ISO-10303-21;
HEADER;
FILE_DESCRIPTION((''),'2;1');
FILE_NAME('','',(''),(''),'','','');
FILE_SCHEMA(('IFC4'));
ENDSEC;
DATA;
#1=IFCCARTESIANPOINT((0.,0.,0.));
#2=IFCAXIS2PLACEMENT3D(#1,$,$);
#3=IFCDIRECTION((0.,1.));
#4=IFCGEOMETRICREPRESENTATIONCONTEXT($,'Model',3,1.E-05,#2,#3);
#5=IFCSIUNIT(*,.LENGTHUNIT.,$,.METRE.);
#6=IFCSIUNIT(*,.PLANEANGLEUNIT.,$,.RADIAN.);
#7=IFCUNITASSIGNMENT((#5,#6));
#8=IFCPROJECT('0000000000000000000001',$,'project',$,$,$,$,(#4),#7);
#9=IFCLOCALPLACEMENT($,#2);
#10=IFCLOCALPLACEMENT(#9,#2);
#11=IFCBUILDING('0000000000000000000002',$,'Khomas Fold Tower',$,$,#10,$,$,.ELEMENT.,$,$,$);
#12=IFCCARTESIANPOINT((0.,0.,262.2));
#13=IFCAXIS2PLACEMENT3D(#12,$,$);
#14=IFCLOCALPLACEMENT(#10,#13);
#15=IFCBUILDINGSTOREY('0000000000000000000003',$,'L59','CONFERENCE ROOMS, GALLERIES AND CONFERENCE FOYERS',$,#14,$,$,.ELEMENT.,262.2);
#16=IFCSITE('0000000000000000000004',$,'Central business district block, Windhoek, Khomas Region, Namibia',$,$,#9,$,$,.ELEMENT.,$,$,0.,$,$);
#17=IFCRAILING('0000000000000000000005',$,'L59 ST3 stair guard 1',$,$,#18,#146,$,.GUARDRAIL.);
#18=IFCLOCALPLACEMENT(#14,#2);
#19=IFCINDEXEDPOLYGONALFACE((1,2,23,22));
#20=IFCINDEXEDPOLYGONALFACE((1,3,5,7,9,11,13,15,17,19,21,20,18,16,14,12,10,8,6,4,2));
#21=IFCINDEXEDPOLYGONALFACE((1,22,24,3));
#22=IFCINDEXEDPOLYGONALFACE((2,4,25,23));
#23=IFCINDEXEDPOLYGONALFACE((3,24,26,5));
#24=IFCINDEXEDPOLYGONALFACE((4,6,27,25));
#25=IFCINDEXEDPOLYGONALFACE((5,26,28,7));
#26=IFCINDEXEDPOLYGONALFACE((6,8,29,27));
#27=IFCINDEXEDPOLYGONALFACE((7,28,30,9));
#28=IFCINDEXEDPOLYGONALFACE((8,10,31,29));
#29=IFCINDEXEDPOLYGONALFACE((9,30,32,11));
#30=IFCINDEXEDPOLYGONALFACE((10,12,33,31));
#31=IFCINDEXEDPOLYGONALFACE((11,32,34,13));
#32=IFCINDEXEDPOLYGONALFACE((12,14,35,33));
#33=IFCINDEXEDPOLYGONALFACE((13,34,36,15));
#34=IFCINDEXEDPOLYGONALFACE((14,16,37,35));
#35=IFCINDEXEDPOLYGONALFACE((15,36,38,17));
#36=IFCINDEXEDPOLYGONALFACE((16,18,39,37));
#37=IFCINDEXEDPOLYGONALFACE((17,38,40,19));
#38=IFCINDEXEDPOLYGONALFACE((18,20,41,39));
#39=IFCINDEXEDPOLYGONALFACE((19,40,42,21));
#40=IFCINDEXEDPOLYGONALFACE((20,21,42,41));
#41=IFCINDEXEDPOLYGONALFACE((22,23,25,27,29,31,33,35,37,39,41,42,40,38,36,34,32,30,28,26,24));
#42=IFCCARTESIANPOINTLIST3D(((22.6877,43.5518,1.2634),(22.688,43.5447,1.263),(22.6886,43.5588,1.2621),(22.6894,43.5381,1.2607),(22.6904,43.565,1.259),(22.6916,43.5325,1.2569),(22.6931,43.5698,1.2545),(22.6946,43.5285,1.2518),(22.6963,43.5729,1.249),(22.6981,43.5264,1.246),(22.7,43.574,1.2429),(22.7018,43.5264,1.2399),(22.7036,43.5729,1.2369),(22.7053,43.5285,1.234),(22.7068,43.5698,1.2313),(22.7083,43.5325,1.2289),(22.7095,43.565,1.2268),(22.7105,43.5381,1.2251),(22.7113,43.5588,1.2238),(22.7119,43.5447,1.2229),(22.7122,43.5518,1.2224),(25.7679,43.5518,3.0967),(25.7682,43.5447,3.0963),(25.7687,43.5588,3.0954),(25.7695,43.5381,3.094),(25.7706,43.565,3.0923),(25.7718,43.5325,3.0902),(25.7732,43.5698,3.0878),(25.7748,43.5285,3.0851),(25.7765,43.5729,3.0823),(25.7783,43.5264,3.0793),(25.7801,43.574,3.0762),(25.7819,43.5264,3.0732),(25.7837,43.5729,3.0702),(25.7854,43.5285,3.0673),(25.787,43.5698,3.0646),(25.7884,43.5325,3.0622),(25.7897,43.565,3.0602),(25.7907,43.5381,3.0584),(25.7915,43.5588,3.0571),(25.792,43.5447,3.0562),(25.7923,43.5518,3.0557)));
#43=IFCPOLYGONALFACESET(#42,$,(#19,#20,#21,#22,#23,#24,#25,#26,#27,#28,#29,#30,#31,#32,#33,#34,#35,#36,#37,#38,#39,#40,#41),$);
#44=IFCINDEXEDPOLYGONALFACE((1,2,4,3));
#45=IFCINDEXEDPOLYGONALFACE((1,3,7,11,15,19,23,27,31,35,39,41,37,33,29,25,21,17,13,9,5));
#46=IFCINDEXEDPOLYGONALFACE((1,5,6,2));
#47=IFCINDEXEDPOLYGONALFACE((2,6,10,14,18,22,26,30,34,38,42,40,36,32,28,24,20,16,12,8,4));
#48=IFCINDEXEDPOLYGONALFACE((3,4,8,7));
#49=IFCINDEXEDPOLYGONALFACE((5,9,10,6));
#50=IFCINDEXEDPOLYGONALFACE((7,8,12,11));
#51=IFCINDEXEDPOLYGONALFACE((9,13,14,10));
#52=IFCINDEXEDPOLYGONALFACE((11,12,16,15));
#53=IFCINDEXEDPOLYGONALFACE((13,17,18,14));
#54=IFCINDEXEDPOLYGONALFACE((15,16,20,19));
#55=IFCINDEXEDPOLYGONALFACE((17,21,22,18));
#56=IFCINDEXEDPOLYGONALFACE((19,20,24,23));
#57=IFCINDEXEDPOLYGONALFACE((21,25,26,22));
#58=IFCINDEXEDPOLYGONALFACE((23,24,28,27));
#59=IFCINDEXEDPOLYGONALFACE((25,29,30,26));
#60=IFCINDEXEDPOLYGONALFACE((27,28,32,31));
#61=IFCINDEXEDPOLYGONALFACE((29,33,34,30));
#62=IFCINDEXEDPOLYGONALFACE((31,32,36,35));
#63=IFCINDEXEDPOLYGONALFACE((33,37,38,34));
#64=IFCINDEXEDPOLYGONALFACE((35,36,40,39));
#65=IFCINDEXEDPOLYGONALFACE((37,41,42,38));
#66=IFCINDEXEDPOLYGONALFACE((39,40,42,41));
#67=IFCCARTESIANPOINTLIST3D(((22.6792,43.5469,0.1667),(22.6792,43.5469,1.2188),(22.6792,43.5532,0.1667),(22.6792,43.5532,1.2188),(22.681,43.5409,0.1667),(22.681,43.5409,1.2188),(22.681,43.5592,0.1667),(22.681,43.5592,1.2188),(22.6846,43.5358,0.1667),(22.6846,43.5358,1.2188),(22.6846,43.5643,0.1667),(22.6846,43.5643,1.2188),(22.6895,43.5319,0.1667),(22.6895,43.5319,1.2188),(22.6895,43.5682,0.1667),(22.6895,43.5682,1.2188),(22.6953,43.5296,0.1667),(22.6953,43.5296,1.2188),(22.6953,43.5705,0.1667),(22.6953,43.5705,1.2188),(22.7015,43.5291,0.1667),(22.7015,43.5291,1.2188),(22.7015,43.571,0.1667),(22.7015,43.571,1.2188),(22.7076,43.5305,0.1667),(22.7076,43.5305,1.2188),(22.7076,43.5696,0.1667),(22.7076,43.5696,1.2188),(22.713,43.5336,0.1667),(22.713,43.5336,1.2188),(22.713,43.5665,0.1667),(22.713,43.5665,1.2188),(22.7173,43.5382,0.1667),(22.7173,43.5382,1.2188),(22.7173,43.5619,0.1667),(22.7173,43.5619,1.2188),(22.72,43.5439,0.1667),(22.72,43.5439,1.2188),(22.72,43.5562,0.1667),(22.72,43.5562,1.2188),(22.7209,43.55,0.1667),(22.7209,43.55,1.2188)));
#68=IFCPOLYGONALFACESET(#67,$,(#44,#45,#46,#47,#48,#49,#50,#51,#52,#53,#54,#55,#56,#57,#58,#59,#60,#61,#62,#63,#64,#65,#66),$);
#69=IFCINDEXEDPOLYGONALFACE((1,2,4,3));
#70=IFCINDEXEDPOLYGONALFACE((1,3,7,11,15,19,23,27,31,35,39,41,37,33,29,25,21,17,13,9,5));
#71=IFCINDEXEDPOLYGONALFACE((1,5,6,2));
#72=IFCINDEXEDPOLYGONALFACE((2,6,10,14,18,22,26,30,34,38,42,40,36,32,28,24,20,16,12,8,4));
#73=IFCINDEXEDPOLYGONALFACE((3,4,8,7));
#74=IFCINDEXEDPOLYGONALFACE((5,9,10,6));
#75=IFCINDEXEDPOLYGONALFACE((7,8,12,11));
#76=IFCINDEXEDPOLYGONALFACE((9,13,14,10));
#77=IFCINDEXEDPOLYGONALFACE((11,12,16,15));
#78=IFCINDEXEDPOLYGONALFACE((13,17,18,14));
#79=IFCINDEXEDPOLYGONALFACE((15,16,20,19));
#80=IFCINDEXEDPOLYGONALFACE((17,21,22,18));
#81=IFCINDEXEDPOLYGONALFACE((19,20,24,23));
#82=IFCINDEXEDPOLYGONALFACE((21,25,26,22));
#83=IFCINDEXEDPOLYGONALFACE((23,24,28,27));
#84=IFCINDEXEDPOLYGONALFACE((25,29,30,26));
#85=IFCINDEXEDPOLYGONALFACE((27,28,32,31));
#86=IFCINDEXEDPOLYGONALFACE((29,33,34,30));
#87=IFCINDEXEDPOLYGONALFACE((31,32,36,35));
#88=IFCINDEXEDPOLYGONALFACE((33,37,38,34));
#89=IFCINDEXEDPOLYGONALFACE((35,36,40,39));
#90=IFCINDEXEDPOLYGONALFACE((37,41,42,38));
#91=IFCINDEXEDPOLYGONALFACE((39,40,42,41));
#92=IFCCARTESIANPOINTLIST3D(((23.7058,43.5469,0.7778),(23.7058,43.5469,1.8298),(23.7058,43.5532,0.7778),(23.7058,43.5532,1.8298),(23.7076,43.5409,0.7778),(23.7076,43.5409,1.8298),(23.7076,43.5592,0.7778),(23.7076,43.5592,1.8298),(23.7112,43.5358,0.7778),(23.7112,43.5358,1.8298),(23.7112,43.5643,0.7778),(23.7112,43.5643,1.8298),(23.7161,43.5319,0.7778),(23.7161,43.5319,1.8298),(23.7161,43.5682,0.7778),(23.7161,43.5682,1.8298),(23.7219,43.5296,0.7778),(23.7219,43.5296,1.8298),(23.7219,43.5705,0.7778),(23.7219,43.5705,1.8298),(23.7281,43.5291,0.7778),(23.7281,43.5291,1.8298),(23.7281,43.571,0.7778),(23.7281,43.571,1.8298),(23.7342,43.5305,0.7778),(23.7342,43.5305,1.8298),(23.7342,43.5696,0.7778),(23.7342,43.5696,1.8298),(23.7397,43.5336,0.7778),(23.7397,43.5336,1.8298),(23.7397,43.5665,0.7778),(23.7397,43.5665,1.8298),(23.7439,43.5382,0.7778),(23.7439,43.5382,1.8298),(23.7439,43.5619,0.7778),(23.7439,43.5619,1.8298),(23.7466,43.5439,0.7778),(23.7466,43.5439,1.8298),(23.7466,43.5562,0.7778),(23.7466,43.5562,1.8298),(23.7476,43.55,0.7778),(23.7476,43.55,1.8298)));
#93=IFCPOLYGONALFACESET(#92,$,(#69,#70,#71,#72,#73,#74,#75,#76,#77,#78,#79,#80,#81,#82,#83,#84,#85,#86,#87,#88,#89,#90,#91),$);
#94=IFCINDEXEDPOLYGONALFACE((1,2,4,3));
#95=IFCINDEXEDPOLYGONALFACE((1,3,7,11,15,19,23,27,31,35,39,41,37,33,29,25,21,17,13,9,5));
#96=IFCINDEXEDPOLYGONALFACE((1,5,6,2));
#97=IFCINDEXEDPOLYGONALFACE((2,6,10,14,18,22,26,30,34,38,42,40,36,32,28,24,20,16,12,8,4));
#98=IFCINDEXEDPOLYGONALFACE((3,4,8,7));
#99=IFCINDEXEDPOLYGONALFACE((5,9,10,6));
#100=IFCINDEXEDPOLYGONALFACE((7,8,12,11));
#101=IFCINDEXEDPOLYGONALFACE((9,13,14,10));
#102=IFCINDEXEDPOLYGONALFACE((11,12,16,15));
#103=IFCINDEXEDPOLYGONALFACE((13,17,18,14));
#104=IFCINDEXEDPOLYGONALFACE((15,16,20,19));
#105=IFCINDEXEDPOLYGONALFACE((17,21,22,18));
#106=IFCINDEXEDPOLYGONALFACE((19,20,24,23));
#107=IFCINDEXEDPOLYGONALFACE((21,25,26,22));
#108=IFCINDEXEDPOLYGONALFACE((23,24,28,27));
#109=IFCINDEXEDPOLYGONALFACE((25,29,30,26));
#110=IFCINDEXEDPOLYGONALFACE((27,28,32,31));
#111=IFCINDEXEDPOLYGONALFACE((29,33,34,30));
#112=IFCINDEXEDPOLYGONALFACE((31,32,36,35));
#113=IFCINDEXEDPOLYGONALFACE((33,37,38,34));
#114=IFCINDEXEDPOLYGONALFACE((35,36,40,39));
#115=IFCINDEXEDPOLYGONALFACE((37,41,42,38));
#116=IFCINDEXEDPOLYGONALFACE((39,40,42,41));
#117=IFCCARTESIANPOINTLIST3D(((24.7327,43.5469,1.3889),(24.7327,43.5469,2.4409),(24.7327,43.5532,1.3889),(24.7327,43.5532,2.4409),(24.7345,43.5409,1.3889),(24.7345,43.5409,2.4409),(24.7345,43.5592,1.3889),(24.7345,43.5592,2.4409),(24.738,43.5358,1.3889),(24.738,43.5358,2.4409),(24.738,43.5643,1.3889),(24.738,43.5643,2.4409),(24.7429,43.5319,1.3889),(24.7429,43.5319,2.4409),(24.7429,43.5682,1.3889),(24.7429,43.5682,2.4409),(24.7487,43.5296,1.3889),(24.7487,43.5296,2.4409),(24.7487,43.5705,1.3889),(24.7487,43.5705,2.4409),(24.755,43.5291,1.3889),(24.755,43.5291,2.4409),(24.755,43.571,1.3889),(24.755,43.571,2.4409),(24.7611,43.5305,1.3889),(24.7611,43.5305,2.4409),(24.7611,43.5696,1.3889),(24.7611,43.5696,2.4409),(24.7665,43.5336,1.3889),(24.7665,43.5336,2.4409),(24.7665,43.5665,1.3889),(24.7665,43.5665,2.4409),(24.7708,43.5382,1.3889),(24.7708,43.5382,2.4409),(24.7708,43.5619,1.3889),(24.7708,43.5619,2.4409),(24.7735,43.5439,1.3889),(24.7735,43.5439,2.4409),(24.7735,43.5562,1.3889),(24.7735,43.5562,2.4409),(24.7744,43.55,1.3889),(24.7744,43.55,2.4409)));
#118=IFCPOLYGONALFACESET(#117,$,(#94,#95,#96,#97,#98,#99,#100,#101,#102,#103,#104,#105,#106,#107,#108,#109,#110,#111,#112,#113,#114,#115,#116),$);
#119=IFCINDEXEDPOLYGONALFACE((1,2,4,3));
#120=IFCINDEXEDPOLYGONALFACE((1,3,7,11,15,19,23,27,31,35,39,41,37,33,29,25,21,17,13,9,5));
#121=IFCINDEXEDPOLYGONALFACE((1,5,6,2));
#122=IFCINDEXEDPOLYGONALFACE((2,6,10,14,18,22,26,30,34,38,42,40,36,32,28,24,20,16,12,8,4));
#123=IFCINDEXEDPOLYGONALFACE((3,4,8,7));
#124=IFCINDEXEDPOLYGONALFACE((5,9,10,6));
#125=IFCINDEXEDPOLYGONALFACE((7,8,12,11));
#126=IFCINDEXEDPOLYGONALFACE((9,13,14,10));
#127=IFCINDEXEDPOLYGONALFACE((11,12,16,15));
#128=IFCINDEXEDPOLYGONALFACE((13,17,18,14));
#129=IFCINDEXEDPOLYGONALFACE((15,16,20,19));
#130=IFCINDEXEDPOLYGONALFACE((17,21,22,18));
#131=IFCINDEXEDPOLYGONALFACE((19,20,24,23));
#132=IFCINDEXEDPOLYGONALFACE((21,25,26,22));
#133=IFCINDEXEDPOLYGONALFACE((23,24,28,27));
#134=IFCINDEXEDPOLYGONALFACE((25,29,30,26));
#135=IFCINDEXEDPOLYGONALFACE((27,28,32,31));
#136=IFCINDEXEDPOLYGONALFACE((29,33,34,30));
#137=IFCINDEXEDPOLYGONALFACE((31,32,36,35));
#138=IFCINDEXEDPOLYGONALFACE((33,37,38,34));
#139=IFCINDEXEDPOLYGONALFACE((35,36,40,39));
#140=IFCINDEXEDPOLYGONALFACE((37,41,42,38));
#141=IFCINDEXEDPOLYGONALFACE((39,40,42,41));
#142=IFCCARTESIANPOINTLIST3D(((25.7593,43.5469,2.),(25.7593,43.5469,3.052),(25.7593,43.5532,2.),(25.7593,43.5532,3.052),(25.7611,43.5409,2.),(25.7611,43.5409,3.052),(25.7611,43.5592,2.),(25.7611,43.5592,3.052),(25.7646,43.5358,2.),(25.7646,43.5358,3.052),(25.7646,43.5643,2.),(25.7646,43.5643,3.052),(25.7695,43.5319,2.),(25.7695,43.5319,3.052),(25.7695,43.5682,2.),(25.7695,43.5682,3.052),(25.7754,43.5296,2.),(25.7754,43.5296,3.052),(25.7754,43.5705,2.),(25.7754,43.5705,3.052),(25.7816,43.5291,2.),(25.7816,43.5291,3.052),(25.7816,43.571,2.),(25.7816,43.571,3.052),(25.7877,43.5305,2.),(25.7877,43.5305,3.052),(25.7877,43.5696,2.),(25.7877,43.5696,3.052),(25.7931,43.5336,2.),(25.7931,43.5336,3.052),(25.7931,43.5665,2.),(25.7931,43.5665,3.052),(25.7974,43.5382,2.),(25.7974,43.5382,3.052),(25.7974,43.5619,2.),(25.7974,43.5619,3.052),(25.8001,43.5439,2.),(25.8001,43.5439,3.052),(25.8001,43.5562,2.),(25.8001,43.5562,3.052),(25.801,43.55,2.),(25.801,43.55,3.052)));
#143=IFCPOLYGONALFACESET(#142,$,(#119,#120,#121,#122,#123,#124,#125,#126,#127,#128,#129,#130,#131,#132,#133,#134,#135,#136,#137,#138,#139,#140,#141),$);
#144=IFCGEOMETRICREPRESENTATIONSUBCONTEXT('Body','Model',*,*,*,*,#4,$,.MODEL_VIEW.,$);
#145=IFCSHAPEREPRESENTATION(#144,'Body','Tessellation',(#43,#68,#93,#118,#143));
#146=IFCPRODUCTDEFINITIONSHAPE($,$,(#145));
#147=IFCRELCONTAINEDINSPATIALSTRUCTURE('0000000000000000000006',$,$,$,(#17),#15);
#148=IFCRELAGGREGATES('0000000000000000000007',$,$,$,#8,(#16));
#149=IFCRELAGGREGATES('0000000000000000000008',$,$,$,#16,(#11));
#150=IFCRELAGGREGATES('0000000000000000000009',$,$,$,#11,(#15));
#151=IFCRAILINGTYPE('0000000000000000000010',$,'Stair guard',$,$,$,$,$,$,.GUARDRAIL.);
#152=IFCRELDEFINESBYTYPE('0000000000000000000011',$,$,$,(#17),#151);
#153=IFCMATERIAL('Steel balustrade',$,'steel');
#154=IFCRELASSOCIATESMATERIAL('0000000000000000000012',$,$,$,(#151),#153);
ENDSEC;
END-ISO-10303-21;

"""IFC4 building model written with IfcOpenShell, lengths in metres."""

from ifc_helpers import new_model, si_unit, direction, frame, origin, origin_2d, place, context, subcontext, project, spatial, circle, extrude, source, transform, mapped, material, type_object, element, save


model = new_model("IFC4")

# Units and contexts
model_context = context("Model", 3, precision=1e-05, world=origin(), true_north=direction((0.0, 1.0)))
body_context = subcontext(model_context, "Body", "Model", "MODEL_VIEW")
ifc_project = project(units=[si_unit("LENGTHUNIT", "METRE"), si_unit("PLANEANGLEUNIT", "RADIAN")], contexts=[model_context])

# Site, building, storey
site_placement = place(None, origin())
site = spatial("IfcSite", under=ifc_project, at=site_placement, Name="Central business district block, Windhoek, Khomas Region, Namibia", CompositionType="ELEMENT", RefElevation=0.0)
building_placement = place(site_placement, origin())
building = spatial("IfcBuilding", under=site, at=building_placement, Name="Khomas Fold Tower", CompositionType="ELEMENT")
storey_placement = place(building_placement, frame((0.0, 0.0, 262.2)))
storey = spatial("IfcBuildingStorey", under=building, at=storey_placement, Name="L59", Description="CONFERENCE ROOMS, GALLERIES AND CONFERENCE FOYERS", CompositionType="ELEMENT", Elevation=262.2)

# Railing
ifc_material_1 = material(Name="Steel balustrade", Category="steel")
railing_type_1 = type_object("IfcRailingType", Name="Stair guard", PredefinedType="GUARDRAIL", material=ifc_material_1)
shared_shape_1 = source(origin(), body_context, "Body", "SweptSolid", [
    extrude(circle(Radius=0.0239, at=origin_2d()), frame((0.0, 0.0, 1.0762), z_axis=(0.859309, 0.0, 0.511458), x_axis=(0.0, 1.0, 0.0)), (0.0, 0.0, 1.0), 3.5845),
    extrude(circle(Radius=0.021, at=origin_2d()), origin(), (0.0, 0.0, 1.0), 1.052),
    extrude(circle(Radius=0.021, at=origin_2d()), frame((1.0266, 0.0, 0.6111)), (0.0, 0.0, 1.0), 1.052),
    extrude(circle(Radius=0.021, at=origin_2d()), frame((2.0535, 0.0, 1.2222)), (0.0, 0.0, 1.0), 1.052),
    extrude(circle(Radius=0.021, at=origin_2d()), frame((3.0801, 0.0, 1.8333)), (0.0, 0.0, 1.0), 1.052),
])
railing_1_placement = place(storey_placement, frame((22.7, 43.55, 0.1667)))
element("IfcRailing", 1, at=railing_1_placement, inside=storey, type_object=railing_type_1, Name="L59 ST3 stair guard 1", PredefinedType="GUARDRAIL", context=body_context, shape_type="MappedRepresentation", body=[
    mapped(shared_shape_1, transform((0.0, 0.0, 0.0))),
])

save(model, "model.ifc")
